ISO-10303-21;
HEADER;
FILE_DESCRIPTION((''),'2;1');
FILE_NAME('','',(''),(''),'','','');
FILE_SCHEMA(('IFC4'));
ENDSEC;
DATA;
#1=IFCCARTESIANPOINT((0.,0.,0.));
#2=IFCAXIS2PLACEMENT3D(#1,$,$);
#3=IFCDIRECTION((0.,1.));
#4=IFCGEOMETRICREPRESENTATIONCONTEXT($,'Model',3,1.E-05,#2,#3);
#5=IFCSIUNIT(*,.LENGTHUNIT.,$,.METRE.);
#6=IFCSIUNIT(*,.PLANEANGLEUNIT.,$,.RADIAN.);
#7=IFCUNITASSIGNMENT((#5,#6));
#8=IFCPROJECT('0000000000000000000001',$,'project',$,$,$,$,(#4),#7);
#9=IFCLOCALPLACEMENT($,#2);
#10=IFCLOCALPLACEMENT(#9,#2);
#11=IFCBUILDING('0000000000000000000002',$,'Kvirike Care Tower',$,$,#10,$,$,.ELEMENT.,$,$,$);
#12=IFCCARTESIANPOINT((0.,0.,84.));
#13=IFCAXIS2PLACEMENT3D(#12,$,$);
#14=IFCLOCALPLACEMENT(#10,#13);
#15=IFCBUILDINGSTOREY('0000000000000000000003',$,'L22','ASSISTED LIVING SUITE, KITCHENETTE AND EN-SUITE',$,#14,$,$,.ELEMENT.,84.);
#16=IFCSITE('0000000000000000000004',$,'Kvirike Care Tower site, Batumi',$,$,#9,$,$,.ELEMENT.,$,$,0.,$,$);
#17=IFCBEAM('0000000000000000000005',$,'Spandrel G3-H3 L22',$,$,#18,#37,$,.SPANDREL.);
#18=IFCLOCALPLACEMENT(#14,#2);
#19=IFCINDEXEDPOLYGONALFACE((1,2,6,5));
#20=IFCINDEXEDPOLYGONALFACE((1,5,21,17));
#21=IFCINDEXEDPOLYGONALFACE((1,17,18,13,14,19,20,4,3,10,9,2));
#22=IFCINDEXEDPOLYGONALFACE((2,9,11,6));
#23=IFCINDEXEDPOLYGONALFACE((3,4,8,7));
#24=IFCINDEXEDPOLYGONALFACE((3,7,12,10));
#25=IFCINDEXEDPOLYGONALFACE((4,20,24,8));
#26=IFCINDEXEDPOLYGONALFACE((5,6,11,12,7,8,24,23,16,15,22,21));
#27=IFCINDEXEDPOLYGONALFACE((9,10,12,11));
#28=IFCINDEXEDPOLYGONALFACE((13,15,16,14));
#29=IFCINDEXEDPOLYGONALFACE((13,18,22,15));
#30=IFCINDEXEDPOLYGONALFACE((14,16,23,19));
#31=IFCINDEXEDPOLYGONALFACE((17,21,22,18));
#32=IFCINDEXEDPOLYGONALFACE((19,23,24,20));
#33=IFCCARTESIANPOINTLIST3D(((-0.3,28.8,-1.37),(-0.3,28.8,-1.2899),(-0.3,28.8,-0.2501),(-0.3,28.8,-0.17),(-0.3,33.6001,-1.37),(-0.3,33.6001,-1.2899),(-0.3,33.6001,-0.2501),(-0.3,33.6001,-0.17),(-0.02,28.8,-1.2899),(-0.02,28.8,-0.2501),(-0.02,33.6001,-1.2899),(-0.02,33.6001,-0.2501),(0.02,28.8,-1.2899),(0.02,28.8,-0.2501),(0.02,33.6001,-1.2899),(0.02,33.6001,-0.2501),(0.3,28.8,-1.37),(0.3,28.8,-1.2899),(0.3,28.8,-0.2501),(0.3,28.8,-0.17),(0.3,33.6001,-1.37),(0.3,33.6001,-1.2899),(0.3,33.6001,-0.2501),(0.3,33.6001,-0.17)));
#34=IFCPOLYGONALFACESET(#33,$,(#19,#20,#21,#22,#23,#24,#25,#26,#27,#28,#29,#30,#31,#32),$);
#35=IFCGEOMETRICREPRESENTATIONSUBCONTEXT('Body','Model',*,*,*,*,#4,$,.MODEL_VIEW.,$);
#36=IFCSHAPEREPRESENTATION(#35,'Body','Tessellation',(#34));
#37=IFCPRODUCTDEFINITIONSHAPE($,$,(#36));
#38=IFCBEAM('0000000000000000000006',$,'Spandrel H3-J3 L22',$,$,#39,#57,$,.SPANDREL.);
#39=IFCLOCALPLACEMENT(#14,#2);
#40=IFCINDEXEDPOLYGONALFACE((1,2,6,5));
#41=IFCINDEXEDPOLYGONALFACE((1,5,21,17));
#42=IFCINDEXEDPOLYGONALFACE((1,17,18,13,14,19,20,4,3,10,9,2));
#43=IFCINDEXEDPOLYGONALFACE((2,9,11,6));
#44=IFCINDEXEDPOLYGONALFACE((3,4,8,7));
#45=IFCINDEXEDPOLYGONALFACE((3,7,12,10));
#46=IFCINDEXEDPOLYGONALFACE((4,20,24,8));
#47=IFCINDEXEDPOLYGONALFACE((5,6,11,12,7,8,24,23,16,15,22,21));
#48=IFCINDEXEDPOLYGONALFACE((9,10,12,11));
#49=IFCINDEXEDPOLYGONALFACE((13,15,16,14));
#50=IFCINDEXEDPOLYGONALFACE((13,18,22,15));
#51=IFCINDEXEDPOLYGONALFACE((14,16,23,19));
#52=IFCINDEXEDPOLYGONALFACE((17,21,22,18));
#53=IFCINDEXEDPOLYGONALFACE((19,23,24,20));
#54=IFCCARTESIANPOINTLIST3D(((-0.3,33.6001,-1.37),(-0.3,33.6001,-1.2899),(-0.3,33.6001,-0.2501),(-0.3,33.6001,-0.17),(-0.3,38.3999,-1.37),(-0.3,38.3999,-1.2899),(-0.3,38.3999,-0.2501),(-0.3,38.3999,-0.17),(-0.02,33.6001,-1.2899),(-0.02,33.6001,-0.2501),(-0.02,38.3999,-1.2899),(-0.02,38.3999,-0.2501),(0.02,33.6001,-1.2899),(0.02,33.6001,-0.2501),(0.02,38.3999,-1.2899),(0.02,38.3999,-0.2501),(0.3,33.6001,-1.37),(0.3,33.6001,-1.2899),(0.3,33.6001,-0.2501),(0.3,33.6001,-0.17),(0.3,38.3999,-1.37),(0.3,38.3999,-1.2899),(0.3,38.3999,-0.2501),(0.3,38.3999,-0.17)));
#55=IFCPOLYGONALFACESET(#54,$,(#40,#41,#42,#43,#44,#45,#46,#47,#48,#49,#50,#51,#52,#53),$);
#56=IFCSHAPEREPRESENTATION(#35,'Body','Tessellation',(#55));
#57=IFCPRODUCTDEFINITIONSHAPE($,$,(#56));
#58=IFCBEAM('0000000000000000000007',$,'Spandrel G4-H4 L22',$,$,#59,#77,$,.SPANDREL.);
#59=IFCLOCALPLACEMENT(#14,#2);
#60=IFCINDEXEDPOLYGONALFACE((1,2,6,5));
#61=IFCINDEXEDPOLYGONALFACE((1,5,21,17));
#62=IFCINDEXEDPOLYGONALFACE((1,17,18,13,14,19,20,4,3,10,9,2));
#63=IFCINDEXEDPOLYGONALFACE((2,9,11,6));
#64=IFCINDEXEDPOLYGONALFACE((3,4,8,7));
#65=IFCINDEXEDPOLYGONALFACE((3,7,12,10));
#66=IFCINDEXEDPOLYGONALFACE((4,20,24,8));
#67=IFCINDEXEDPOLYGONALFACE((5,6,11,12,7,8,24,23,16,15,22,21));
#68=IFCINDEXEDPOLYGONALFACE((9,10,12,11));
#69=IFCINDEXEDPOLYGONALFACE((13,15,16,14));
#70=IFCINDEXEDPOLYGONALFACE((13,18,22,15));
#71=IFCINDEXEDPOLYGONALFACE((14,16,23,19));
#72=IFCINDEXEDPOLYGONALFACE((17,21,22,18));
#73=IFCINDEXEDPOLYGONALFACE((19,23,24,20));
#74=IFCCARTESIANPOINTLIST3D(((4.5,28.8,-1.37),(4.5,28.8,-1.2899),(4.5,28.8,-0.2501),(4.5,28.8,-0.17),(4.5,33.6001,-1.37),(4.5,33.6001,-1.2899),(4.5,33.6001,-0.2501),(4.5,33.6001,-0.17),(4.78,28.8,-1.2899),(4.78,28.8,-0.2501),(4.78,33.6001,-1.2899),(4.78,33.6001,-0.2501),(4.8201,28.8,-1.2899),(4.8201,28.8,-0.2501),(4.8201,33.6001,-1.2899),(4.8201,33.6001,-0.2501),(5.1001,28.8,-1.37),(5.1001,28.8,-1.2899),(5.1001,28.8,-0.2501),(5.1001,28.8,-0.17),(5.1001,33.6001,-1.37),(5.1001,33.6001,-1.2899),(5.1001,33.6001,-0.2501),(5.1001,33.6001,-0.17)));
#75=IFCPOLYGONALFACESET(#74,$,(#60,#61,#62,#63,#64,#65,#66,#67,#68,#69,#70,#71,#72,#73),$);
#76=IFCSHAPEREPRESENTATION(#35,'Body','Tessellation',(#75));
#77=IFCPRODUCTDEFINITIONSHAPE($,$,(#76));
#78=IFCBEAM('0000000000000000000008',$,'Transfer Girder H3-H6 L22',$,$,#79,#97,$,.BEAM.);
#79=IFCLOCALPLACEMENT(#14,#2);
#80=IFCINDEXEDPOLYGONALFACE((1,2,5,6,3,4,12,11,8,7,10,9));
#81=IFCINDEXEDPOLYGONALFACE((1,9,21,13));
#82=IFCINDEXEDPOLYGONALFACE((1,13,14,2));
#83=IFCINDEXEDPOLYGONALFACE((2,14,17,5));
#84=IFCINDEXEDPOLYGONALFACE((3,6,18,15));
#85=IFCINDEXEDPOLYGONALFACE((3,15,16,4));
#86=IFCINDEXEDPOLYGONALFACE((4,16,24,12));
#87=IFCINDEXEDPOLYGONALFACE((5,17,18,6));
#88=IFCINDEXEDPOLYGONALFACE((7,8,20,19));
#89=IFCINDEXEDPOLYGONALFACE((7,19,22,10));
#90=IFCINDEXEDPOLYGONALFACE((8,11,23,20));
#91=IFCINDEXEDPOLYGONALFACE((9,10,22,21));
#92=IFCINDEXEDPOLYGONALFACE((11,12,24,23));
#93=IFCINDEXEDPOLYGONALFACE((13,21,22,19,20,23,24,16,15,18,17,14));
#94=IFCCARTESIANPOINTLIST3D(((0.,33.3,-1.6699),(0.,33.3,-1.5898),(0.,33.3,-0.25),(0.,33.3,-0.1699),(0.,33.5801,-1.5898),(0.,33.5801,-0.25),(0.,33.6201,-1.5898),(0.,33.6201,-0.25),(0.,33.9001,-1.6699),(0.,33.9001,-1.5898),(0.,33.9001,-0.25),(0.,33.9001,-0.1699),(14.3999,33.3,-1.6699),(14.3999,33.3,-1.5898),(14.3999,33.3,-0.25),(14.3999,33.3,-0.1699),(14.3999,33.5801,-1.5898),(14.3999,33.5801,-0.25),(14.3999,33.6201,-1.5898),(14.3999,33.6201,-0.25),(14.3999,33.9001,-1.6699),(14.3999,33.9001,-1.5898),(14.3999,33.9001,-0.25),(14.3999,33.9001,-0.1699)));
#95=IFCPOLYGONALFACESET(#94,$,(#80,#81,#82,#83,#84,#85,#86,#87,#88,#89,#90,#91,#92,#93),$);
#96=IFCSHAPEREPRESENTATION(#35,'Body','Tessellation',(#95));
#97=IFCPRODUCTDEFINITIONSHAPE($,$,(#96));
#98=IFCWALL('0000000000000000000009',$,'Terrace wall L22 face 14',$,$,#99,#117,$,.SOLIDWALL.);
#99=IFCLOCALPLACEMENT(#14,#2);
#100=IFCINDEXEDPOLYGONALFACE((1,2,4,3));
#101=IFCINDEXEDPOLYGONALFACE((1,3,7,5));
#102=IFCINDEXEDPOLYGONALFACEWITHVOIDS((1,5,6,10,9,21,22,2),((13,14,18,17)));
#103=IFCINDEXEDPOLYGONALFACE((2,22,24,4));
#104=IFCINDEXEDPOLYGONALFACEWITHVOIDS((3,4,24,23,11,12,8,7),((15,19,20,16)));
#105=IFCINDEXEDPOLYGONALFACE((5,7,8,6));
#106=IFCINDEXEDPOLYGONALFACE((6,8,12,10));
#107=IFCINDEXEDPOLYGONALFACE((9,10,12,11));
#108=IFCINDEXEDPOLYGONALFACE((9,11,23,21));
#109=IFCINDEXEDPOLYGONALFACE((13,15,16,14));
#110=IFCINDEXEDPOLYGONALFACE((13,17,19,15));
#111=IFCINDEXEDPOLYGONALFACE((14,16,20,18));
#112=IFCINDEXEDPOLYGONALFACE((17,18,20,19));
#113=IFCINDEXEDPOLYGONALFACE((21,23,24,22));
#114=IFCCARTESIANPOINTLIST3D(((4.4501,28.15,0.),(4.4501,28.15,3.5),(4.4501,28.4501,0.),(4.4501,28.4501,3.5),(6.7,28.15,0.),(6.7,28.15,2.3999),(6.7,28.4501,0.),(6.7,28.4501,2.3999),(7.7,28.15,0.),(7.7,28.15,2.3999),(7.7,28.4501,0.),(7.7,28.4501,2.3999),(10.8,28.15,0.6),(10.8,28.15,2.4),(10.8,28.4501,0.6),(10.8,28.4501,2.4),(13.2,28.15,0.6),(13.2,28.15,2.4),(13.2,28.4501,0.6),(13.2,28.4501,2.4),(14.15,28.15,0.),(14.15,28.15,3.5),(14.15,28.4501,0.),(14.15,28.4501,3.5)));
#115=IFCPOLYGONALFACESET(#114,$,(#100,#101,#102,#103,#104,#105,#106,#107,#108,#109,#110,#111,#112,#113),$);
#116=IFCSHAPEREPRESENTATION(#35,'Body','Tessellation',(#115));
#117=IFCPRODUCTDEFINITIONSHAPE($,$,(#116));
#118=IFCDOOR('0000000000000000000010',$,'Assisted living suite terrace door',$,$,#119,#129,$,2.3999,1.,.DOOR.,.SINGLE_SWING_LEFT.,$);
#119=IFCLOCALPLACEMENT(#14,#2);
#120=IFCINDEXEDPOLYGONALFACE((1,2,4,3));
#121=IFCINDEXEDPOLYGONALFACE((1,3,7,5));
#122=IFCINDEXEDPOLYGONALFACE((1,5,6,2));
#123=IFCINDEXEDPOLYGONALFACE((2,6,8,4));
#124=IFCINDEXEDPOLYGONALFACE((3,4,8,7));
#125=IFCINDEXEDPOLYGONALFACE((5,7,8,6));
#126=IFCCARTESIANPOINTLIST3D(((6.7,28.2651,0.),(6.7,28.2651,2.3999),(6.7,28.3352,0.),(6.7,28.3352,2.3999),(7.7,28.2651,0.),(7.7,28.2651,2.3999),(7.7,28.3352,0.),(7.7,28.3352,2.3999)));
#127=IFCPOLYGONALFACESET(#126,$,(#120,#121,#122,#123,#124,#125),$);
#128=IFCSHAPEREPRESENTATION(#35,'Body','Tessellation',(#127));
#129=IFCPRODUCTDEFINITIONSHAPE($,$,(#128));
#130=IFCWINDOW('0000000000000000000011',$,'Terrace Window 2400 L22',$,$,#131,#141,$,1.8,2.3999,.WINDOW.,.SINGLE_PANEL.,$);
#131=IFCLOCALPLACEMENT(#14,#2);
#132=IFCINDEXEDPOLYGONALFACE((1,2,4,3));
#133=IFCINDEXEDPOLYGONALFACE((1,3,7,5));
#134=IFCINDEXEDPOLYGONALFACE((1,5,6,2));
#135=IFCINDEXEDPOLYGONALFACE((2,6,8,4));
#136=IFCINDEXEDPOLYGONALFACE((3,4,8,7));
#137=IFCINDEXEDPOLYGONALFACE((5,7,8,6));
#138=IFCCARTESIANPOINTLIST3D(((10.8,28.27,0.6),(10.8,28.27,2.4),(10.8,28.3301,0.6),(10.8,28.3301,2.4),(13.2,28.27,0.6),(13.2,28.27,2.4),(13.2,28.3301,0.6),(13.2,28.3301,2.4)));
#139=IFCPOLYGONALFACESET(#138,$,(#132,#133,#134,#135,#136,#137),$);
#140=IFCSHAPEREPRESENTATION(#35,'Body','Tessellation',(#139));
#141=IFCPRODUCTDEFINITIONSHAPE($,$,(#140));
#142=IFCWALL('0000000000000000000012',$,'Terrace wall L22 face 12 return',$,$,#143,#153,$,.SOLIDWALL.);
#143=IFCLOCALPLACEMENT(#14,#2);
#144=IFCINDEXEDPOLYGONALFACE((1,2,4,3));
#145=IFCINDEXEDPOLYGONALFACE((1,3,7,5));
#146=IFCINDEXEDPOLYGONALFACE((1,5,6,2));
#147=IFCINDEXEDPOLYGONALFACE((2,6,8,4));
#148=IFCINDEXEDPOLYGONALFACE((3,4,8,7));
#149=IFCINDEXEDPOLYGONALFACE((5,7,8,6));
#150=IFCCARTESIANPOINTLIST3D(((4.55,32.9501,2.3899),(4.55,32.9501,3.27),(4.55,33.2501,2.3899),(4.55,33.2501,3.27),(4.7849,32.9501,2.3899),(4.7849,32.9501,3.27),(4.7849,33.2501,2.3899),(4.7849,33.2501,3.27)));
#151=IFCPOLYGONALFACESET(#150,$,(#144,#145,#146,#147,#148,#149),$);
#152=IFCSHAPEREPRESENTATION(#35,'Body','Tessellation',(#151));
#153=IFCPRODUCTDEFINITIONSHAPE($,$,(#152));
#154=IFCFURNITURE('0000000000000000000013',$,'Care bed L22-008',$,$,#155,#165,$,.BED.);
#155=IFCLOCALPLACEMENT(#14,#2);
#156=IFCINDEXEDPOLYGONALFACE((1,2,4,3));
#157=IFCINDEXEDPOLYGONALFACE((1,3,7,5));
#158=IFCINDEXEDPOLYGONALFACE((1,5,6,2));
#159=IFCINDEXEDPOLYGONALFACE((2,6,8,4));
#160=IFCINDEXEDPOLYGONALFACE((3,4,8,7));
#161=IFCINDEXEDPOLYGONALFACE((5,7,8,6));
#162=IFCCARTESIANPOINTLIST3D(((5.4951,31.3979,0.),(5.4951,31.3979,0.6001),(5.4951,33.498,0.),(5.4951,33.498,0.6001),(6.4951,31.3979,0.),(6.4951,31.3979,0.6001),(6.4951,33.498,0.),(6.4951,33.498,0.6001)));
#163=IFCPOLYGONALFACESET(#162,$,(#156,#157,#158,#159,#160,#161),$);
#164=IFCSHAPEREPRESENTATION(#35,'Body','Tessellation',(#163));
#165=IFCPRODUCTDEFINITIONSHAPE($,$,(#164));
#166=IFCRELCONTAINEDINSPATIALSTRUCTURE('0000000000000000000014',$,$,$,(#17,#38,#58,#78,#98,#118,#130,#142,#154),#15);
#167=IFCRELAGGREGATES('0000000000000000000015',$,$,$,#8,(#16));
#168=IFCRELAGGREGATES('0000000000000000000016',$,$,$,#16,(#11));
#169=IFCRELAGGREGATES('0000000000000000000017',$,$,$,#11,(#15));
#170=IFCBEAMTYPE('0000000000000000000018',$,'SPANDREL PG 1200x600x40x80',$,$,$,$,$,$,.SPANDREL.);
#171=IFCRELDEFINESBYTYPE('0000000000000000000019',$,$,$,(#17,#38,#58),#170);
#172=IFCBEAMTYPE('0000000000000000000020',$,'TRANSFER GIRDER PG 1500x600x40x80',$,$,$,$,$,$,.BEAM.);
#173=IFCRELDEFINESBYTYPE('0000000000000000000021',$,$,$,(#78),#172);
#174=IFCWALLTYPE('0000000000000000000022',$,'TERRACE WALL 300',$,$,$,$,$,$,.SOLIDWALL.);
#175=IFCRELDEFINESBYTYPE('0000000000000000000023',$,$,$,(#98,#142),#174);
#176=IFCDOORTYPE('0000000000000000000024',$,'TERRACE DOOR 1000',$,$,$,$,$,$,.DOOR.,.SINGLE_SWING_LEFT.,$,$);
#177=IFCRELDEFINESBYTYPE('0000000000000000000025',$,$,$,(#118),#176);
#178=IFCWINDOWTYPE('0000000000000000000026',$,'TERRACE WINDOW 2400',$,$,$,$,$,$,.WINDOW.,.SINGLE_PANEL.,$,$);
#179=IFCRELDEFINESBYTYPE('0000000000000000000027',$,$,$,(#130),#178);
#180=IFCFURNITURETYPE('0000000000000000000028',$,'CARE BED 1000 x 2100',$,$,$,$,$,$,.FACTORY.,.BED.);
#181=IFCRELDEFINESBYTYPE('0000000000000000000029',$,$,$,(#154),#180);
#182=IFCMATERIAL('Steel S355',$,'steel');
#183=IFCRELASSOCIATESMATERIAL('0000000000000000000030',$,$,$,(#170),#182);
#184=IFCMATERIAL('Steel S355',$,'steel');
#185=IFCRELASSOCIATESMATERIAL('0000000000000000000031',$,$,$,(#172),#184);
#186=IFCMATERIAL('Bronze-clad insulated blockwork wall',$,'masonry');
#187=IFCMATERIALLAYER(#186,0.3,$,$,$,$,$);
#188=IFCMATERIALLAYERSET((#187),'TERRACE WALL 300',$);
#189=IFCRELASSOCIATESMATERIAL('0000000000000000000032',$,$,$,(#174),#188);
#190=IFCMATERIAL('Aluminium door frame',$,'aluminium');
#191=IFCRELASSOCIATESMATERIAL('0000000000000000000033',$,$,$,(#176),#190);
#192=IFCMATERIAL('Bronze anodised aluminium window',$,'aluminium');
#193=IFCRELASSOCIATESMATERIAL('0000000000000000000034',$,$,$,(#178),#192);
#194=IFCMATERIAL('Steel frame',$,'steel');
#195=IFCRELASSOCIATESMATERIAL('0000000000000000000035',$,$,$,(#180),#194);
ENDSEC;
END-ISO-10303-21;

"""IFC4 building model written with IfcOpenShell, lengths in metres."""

from ifc_helpers import new_model, si_unit, direction, frame, frame_2d, origin, origin_2d, place, context, subcontext, project, spatial, rectangle, i_section, extrude, material, layer, layer_set, material_profile, profile_set, type_object, element, fill, save


model = new_model("IFC4")

# Units and contexts
model_context = context("Model", 3, precision=1e-05, world=origin(), true_north=direction((0.0, 1.0)))
body_context = subcontext(model_context, "Body", "Model", "MODEL_VIEW")
ifc_project = project(units=[si_unit("LENGTHUNIT", "METRE"), si_unit("PLANEANGLEUNIT", "RADIAN")], contexts=[model_context])

# Site, building, storey
site_placement = place(None, origin())
site = spatial("IfcSite", under=ifc_project, at=site_placement, Name="Kvirike Care Tower site, Batumi", CompositionType="ELEMENT", RefElevation=0.0)
building_placement = place(site_placement, origin())
building = spatial("IfcBuilding", under=site, at=building_placement, Name="Kvirike Care Tower", CompositionType="ELEMENT")
storey_placement = place(building_placement, frame((0.0, 0.0, 84.0)))
storey = spatial("IfcBuildingStorey", under=building, at=storey_placement, Name="L22", Description="ASSISTED LIVING SUITE, KITCHENETTE AND EN-SUITE", CompositionType="ELEMENT", Elevation=84.0)

# Beams
ifc_material_1 = material(Name="Steel S355", Category="steel")
ifc_material_profile_1 = material_profile(ifc_material_1, i_section(OverallWidth=0.6001, OverallDepth=1.2, WebThickness=0.04, FlangeThickness=0.0801, at=origin_2d()), Name="PG 1200x600x40x80")
ifc_profile_set_1 = profile_set([ifc_material_profile_1], Name="Steel S355")
beam_type_1 = type_object("IfcBeamType", Name="SPANDREL PG 1200x600x40x80", PredefinedType="SPANDREL", material=ifc_profile_set_1)
for number, where, z_axis, x_axis, name in (
    (1, (0.0, 28.8, -0.77), (0.0, 1.0, 0.0), (-1.0, 0.0, 0.0), "Spandrel G3-H3 L22"),
):
    element("IfcBeam", number, at=place(storey_placement, frame(where, z_axis=z_axis, x_axis=x_axis)), inside=storey, type_object=beam_type_1, Name=name, PredefinedType="SPANDREL", context=body_context, shape_type="SweptSolid", body=[
        extrude(i_section(OverallWidth=0.6001, OverallDepth=1.2, WebThickness=0.04, FlangeThickness=0.0801, at=origin_2d()), origin(), (0.0, 0.0, 1.0), 4.8),
    ])
beam_1_placement = place(storey_placement, frame((0.0, 33.6001, -0.77), z_axis=(0.0, 1.0, 0.0), x_axis=(-1.0, 0.0, 0.0)))
element("IfcBeam", 2, at=beam_1_placement, inside=storey, type_object=beam_type_1, Name="Spandrel H3-J3 L22", PredefinedType="SPANDREL", context=body_context, shape_type="SweptSolid", body=[
    extrude(i_section(OverallWidth=0.6001, OverallDepth=1.2, WebThickness=0.04, FlangeThickness=0.0801, at=origin_2d()), origin(), (0.0, 0.0, 1.0), 4.7998),
])
beam_2_placement = place(storey_placement, frame((4.8, 28.8, -0.77), z_axis=(0.0, 1.0, 0.0), x_axis=(-1.0, 0.0, 0.0)))
element("IfcBeam", 3, at=beam_2_placement, inside=storey, type_object=beam_type_1, Name="Spandrel G4-H4 L22", PredefinedType="SPANDREL", context=body_context, shape_type="SweptSolid", body=[
    extrude(i_section(OverallWidth=0.6001, OverallDepth=1.2, WebThickness=0.04, FlangeThickness=0.0801, at=origin_2d()), origin(), (0.0, 0.0, 1.0), 4.8),
])
ifc_material_2 = material(Name="Steel S355", Category="steel")
ifc_material_profile_2 = material_profile(ifc_material_2, i_section(OverallWidth=0.6001, OverallDepth=1.5, WebThickness=0.04, FlangeThickness=0.0801, at=origin_2d()), Name="PG 1500x600x40x80")
ifc_profile_set_2 = profile_set([ifc_material_profile_2], Name="Steel S355")
beam_type_2 = type_object("IfcBeamType", Name="TRANSFER GIRDER PG 1500x600x40x80", PredefinedType="BEAM", material=ifc_profile_set_2)
beam_3_placement = place(storey_placement, frame((0.0, 33.6001, -0.9199), z_axis=(1.0, 0.0, 0.0), x_axis=(0.0, 1.0, 0.0)))
element("IfcBeam", 4, at=beam_3_placement, inside=storey, type_object=beam_type_2, Name="Transfer Girder H3-H6 L22", PredefinedType="BEAM", context=body_context, shape_type="SweptSolid", body=[
    extrude(i_section(OverallWidth=0.6001, OverallDepth=1.5, WebThickness=0.04, FlangeThickness=0.0801, at=origin_2d()), origin(), (0.0, 0.0, 1.0), 14.3999),
])

# Shared definitions
ifc_material_3 = material(Name="Bronze-clad insulated blockwork wall", Category="masonry")
ifc_layer = layer(ifc_material_3, 0.3)
ifc_layer_set = layer_set([ifc_layer], Name="TERRACE WALL 300")
wall_type = type_object("IfcWallType", Name="TERRACE WALL 300", PredefinedType="SOLIDWALL", material=ifc_layer_set)
ifc_material_4 = material(Name="Aluminium door frame", Category="aluminium")
door_type = type_object("IfcDoorType", Name="TERRACE DOOR 1000", OperationType="SINGLE_SWING_LEFT", PredefinedType="DOOR", material=ifc_material_4)

# Wall, openings, door, window
wall_1_placement = place(storey_placement, frame((4.45, 28.3, 0.0), z_axis=(0.0, 0.0, 1.0), x_axis=(1.0, 0.0, 0.0)))
wall_1 = element("IfcWall", 5, at=wall_1_placement, inside=storey, type_object=wall_type, Name="Terrace wall L22 face 14", PredefinedType="SOLIDWALL", context=body_context, shape_type="SweptSolid", body=[
    extrude(rectangle(XDim=9.7, YDim=0.3, at=frame_2d((4.8501, 0.0))), origin(), (0.0, 0.0, 1.0), 3.5),
])
opening_1_placement = place(wall_1_placement, frame((2.25, 0.0, 0.0)))
opening_1 = element("IfcOpeningElement", 6, at=opening_1_placement, cuts=wall_1, PredefinedType="OPENING", context=body_context, shape_type="SweptSolid", body=[
    extrude(rectangle(XDim=1.0, YDim=2.3999, at=frame_2d((0.5, 1.2))), frame((0.0, 0.1606, 0.0), z_axis=(0.0, -1.0, 0.0), x_axis=(1.0, 0.0, 0.0)), (0.0, 0.0, 1.0), 0.321),
])
opening_2_placement = place(wall_1_placement, frame((6.3501, 0.0, 0.6001)))
opening_2 = element("IfcOpeningElement", 7, at=opening_2_placement, cuts=wall_1, PredefinedType="OPENING", context=body_context, shape_type="SweptSolid", body=[
    extrude(rectangle(XDim=2.3999, YDim=1.8, at=frame_2d((1.2, 0.8999))), frame((0.0, 0.1606, 0.0), z_axis=(0.0, -1.0, 0.0), x_axis=(1.0, 0.0, 0.0)), (0.0, 0.0, 1.0), 0.321),
])
door_1_placement = place(opening_1_placement, origin())
door_1 = element("IfcDoor", 8, at=door_1_placement, inside=storey, type_object=door_type, Name="Assisted living suite terrace door", OperationType="SINGLE_SWING_LEFT", OverallHeight=2.3999, OverallWidth=1.0, PredefinedType="DOOR", context=body_context, shape_type="SweptSolid", body=[
    extrude(rectangle(XDim=1.0, YDim=2.3999, at=frame_2d((0.5, 1.2))), frame((0.0, 0.0352, 0.0), z_axis=(0.0, -1.0, 0.0), x_axis=(1.0, 0.0, 0.0)), (0.0, 0.0, 1.0), 0.0701),
])
fill(opening_1, door_1)
ifc_material_5 = material(Name="Bronze anodised aluminium window", Category="aluminium")
window_type = type_object("IfcWindowType", Name="TERRACE WINDOW 2400", PartitioningType="SINGLE_PANEL", PredefinedType="WINDOW", material=ifc_material_5)
window_placement = place(opening_2_placement, origin())
window = element("IfcWindow", 9, at=window_placement, inside=storey, type_object=window_type, Name="Terrace Window 2400 L22", OverallHeight=1.8, OverallWidth=2.3999, PartitioningType="SINGLE_PANEL", PredefinedType="WINDOW", context=body_context, shape_type="SweptSolid", body=[
    extrude(rectangle(XDim=2.3999, YDim=1.8, at=frame_2d((1.2, 0.8999))), frame((0.0, 0.03, 0.0), z_axis=(0.0, -1.0, 0.0), x_axis=(1.0, 0.0, 0.0)), (0.0, 0.0, 1.0), 0.0601),
])
fill(opening_2, window)

# Wall
wall_2_placement = place(storey_placement, frame((4.55, 33.1001, 2.3899), z_axis=(0.0, 0.0, 1.0), x_axis=(1.0, 0.0, 0.0)))
element("IfcWall", 10, at=wall_2_placement, inside=storey, type_object=wall_type, Name="Terrace wall L22 face 12 return", PredefinedType="SOLIDWALL", context=body_context, shape_type="SweptSolid", body=[
    extrude(rectangle(XDim=0.2349, YDim=0.3, at=frame_2d((0.1174, 0.0))), origin(), (0.0, 0.0, 1.0), 0.8801),
])

# Furniture
ifc_material_6 = material(Name="Steel frame", Category="steel")
furniture_type = type_object("IfcFurnitureType", Name="CARE BED 1000 x 2100", AssemblyPlace="FACTORY", PredefinedType="BED", material=ifc_material_6)
furniture_placement = place(storey_placement, frame((5.9951, 32.448, 0.0), z_axis=(0.0, 0.0, 1.0), x_axis=(1.0, 0.0, 0.0)))
element("IfcFurniture", 11, at=furniture_placement, inside=storey, type_object=furniture_type, Name="Care bed L22-008", PredefinedType="BED", context=body_context, shape_type="SweptSolid", body=[
    extrude(rectangle(XDim=1.0, YDim=2.1001, at=origin_2d()), origin(), (0.0, 0.0, 1.0), 0.6001),
])

save(model, "model.ifc")
